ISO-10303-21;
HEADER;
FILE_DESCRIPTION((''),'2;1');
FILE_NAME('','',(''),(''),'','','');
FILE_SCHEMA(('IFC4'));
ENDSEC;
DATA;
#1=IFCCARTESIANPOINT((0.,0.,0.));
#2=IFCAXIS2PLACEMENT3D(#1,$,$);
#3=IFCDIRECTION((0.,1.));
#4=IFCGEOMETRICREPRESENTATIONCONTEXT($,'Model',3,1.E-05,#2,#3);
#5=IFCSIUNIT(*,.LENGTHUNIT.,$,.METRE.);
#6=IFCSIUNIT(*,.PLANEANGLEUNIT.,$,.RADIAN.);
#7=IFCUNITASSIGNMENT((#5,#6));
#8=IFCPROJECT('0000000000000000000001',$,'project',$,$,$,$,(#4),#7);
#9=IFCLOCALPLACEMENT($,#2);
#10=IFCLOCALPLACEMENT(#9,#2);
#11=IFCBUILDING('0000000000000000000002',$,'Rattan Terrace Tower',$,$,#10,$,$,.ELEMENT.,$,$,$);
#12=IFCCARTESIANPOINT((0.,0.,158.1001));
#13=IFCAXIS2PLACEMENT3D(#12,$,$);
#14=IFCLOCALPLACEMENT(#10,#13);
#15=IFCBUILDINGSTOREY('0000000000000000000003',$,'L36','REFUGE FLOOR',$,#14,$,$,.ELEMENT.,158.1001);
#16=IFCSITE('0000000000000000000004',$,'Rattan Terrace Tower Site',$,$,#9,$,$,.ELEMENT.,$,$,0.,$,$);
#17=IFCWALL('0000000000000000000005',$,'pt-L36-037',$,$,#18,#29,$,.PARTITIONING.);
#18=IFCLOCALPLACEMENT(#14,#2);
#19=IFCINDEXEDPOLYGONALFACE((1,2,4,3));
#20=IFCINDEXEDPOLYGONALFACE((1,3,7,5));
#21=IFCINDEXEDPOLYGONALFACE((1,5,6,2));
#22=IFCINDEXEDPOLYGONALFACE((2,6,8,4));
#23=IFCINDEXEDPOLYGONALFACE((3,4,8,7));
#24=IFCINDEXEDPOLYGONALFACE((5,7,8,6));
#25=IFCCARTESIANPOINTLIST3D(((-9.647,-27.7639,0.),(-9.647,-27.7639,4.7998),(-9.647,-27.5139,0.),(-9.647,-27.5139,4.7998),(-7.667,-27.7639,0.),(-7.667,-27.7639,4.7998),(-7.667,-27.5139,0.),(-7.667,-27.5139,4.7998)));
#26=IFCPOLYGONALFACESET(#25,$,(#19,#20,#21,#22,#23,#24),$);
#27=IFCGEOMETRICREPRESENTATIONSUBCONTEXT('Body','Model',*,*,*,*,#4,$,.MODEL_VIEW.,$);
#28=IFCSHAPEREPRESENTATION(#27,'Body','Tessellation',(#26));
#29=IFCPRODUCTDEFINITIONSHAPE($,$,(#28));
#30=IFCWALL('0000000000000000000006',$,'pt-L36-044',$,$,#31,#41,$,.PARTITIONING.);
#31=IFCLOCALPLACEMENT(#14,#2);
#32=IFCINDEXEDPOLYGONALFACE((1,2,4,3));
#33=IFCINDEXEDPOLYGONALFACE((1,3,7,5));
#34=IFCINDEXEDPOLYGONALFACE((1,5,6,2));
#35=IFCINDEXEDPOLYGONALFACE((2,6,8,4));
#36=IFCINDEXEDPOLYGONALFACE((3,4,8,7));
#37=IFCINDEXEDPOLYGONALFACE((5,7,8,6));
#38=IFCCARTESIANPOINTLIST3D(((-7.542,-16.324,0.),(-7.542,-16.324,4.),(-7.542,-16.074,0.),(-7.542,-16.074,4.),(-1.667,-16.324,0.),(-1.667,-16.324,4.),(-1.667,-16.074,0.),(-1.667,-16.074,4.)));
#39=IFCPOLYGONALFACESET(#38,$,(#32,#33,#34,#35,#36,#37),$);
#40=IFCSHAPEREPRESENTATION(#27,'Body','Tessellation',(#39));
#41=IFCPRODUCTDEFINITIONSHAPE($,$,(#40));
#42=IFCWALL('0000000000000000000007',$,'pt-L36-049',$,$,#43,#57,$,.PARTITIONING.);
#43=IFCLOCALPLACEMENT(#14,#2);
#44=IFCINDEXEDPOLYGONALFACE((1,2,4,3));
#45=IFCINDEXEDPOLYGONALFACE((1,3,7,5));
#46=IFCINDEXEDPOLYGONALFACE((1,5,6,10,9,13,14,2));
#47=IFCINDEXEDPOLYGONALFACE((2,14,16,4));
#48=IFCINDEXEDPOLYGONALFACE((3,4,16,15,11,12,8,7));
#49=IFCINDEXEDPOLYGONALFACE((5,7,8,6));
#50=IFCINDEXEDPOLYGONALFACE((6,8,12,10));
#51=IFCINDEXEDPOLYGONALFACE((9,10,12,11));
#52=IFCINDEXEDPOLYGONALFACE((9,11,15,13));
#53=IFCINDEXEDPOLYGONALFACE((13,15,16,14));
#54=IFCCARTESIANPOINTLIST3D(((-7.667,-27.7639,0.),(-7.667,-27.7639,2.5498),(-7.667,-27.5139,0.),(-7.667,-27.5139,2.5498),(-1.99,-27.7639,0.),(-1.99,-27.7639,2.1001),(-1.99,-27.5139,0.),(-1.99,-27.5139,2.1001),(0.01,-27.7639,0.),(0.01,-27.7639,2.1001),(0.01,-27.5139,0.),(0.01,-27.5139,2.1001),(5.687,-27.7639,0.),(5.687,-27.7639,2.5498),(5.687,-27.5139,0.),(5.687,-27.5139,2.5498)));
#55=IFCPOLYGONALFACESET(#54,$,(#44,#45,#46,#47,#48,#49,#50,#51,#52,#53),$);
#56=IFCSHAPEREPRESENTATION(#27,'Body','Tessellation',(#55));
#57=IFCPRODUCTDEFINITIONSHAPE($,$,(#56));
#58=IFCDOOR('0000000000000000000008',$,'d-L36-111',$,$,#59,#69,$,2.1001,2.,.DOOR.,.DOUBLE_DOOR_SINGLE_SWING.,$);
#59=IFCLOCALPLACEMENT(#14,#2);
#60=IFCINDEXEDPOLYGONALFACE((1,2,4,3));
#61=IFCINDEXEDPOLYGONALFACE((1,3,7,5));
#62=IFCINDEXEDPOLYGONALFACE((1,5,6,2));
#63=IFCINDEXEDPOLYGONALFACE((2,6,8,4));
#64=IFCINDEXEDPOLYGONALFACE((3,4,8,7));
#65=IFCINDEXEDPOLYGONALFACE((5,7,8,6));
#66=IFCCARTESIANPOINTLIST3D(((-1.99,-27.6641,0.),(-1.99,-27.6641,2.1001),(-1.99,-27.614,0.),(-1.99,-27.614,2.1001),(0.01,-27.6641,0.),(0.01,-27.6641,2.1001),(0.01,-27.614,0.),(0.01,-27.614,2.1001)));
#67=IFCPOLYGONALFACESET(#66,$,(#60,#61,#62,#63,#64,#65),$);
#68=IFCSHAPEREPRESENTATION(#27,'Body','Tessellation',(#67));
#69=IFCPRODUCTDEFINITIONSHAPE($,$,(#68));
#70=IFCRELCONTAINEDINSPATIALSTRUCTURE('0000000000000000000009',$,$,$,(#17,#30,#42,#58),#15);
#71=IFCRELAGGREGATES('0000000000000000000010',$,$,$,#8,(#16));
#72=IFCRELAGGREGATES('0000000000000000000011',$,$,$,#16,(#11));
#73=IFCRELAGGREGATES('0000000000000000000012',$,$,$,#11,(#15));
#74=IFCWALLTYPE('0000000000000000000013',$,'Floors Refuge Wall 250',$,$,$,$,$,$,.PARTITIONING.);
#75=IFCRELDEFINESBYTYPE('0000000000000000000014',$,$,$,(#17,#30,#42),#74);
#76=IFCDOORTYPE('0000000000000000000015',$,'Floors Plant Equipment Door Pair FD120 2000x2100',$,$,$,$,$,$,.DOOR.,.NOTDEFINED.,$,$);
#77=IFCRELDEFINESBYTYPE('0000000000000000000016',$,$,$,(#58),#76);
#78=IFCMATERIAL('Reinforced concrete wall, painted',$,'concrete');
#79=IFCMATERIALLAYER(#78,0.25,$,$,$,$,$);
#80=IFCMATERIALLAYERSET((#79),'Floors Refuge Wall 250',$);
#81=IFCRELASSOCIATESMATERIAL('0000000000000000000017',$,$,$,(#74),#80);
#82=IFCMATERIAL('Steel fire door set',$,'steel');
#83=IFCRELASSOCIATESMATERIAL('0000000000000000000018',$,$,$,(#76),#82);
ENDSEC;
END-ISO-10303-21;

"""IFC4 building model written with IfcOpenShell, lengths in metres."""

from ifc_helpers import new_model, si_unit, direction, frame, frame_2d, origin, place, context, subcontext, project, spatial, rectangle, extrude, material, layer, layer_set, type_object, element, fill, save


model = new_model("IFC4")

# Units and contexts
model_context = context("Model", 3, precision=1e-05, world=origin(), true_north=direction((0.0, 1.0)))
body_context = subcontext(model_context, "Body", "Model", "MODEL_VIEW")
ifc_project = project(units=[si_unit("LENGTHUNIT", "METRE"), si_unit("PLANEANGLEUNIT", "RADIAN")], contexts=[model_context])

# Site, building, storey
site_placement = place(None, origin())
site = spatial("IfcSite", under=ifc_project, at=site_placement, Name="Rattan Terrace Tower Site", CompositionType="ELEMENT", RefElevation=0.0)
building_placement = place(site_placement, origin())
building = spatial("IfcBuilding", under=site, at=building_placement, Name="Rattan Terrace Tower", CompositionType="ELEMENT")
storey_placement = place(building_placement, frame((0.0, 0.0, 158.1001)))
storey = spatial("IfcBuildingStorey", under=building, at=storey_placement, Name="L36", Description="REFUGE FLOOR", CompositionType="ELEMENT", Elevation=158.1001)

# Walls
ifc_material_1 = material(Name="Reinforced concrete wall, painted", Category="concrete")
ifc_layer = layer(ifc_material_1, 0.25)
ifc_layer_set = layer_set([ifc_layer], Name="Floors Refuge Wall 250")
wall_type = type_object("IfcWallType", Name="Floors Refuge Wall 250", PredefinedType="PARTITIONING", material=ifc_layer_set)
wall_1_placement = place(storey_placement, frame((-7.667, -27.6389, 0.0), z_axis=(0.0, 0.0, 1.0), x_axis=(-1.0, 0.0, 0.0)))
element("IfcWall", 1, at=wall_1_placement, inside=storey, type_object=wall_type, Name="pt-L36-037", PredefinedType="PARTITIONING", context=body_context, shape_type="SweptSolid", body=[
    extrude(rectangle(XDim=1.98, YDim=0.25, at=frame_2d((0.99, 0.0))), origin(), (0.0, 0.0, 1.0), 4.7998),
])
wall_2_placement = place(storey_placement, frame((-1.667, -16.199, 0.0), z_axis=(0.0, 0.0, 1.0), x_axis=(-1.0, 0.0, 0.0)))
element("IfcWall", 2, at=wall_2_placement, inside=storey, type_object=wall_type, Name="pt-L36-044", PredefinedType="PARTITIONING", context=body_context, shape_type="SweptSolid", body=[
    extrude(rectangle(XDim=5.875, YDim=0.25, at=frame_2d((2.9375, 0.0))), origin(), (0.0, 0.0, 1.0), 4.0),
])

# Wall, opening, door
wall_3_placement = place(storey_placement, frame((-7.667, -27.6389, 0.0), z_axis=(0.0, 0.0, 1.0), x_axis=(1.0, 0.0, 0.0)))
wall_3 = element("IfcWall", 3, at=wall_3_placement, inside=storey, type_object=wall_type, Name="pt-L36-049", PredefinedType="PARTITIONING", context=body_context, shape_type="SweptSolid", body=[
    extrude(rectangle(XDim=13.354, YDim=0.25, at=frame_2d((6.677, 0.0))), origin(), (0.0, 0.0, 1.0), 2.5498),
])
opening_placement = place(wall_3_placement, frame((5.677, 0.0, 0.0)))
opening = element("IfcOpeningElement", 4, at=opening_placement, cuts=wall_3, PredefinedType="OPENING", context=body_context, shape_type="SweptSolid", body=[
    extrude(rectangle(XDim=2.0, YDim=2.1001, at=frame_2d((1.0, 1.05))), frame((0.0, 0.1355, 0.0), z_axis=(0.0, -1.0, 0.0), x_axis=(1.0, 0.0, 0.0)), (0.0, 0.0, 1.0), 0.271),
])
ifc_material_2 = material(Name="Steel fire door set", Category="steel")
door_type = type_object("IfcDoorType", Name="Floors Plant Equipment Door Pair FD120 2000x2100", OperationType="NOTDEFINED", PredefinedType="DOOR", material=ifc_material_2)
door_placement = place(opening_placement, origin())
door = element("IfcDoor", 5, at=door_placement, inside=storey, type_object=door_type, Name="d-L36-111", OperationType="DOUBLE_DOOR_SINGLE_SWING", OverallHeight=2.1001, OverallWidth=2.0, PredefinedType="DOOR", context=body_context, shape_type="SweptSolid", body=[
    extrude(rectangle(XDim=2.0, YDim=2.1001, at=frame_2d((1.0, 1.05))), frame((0.0, 0.0249, 0.0), z_axis=(0.0, -1.0, 0.0), x_axis=(1.0, 0.0, 0.0)), (0.0, 0.0, 1.0), 0.05),
])
fill(opening, door)

save(model, "model.ifc")
